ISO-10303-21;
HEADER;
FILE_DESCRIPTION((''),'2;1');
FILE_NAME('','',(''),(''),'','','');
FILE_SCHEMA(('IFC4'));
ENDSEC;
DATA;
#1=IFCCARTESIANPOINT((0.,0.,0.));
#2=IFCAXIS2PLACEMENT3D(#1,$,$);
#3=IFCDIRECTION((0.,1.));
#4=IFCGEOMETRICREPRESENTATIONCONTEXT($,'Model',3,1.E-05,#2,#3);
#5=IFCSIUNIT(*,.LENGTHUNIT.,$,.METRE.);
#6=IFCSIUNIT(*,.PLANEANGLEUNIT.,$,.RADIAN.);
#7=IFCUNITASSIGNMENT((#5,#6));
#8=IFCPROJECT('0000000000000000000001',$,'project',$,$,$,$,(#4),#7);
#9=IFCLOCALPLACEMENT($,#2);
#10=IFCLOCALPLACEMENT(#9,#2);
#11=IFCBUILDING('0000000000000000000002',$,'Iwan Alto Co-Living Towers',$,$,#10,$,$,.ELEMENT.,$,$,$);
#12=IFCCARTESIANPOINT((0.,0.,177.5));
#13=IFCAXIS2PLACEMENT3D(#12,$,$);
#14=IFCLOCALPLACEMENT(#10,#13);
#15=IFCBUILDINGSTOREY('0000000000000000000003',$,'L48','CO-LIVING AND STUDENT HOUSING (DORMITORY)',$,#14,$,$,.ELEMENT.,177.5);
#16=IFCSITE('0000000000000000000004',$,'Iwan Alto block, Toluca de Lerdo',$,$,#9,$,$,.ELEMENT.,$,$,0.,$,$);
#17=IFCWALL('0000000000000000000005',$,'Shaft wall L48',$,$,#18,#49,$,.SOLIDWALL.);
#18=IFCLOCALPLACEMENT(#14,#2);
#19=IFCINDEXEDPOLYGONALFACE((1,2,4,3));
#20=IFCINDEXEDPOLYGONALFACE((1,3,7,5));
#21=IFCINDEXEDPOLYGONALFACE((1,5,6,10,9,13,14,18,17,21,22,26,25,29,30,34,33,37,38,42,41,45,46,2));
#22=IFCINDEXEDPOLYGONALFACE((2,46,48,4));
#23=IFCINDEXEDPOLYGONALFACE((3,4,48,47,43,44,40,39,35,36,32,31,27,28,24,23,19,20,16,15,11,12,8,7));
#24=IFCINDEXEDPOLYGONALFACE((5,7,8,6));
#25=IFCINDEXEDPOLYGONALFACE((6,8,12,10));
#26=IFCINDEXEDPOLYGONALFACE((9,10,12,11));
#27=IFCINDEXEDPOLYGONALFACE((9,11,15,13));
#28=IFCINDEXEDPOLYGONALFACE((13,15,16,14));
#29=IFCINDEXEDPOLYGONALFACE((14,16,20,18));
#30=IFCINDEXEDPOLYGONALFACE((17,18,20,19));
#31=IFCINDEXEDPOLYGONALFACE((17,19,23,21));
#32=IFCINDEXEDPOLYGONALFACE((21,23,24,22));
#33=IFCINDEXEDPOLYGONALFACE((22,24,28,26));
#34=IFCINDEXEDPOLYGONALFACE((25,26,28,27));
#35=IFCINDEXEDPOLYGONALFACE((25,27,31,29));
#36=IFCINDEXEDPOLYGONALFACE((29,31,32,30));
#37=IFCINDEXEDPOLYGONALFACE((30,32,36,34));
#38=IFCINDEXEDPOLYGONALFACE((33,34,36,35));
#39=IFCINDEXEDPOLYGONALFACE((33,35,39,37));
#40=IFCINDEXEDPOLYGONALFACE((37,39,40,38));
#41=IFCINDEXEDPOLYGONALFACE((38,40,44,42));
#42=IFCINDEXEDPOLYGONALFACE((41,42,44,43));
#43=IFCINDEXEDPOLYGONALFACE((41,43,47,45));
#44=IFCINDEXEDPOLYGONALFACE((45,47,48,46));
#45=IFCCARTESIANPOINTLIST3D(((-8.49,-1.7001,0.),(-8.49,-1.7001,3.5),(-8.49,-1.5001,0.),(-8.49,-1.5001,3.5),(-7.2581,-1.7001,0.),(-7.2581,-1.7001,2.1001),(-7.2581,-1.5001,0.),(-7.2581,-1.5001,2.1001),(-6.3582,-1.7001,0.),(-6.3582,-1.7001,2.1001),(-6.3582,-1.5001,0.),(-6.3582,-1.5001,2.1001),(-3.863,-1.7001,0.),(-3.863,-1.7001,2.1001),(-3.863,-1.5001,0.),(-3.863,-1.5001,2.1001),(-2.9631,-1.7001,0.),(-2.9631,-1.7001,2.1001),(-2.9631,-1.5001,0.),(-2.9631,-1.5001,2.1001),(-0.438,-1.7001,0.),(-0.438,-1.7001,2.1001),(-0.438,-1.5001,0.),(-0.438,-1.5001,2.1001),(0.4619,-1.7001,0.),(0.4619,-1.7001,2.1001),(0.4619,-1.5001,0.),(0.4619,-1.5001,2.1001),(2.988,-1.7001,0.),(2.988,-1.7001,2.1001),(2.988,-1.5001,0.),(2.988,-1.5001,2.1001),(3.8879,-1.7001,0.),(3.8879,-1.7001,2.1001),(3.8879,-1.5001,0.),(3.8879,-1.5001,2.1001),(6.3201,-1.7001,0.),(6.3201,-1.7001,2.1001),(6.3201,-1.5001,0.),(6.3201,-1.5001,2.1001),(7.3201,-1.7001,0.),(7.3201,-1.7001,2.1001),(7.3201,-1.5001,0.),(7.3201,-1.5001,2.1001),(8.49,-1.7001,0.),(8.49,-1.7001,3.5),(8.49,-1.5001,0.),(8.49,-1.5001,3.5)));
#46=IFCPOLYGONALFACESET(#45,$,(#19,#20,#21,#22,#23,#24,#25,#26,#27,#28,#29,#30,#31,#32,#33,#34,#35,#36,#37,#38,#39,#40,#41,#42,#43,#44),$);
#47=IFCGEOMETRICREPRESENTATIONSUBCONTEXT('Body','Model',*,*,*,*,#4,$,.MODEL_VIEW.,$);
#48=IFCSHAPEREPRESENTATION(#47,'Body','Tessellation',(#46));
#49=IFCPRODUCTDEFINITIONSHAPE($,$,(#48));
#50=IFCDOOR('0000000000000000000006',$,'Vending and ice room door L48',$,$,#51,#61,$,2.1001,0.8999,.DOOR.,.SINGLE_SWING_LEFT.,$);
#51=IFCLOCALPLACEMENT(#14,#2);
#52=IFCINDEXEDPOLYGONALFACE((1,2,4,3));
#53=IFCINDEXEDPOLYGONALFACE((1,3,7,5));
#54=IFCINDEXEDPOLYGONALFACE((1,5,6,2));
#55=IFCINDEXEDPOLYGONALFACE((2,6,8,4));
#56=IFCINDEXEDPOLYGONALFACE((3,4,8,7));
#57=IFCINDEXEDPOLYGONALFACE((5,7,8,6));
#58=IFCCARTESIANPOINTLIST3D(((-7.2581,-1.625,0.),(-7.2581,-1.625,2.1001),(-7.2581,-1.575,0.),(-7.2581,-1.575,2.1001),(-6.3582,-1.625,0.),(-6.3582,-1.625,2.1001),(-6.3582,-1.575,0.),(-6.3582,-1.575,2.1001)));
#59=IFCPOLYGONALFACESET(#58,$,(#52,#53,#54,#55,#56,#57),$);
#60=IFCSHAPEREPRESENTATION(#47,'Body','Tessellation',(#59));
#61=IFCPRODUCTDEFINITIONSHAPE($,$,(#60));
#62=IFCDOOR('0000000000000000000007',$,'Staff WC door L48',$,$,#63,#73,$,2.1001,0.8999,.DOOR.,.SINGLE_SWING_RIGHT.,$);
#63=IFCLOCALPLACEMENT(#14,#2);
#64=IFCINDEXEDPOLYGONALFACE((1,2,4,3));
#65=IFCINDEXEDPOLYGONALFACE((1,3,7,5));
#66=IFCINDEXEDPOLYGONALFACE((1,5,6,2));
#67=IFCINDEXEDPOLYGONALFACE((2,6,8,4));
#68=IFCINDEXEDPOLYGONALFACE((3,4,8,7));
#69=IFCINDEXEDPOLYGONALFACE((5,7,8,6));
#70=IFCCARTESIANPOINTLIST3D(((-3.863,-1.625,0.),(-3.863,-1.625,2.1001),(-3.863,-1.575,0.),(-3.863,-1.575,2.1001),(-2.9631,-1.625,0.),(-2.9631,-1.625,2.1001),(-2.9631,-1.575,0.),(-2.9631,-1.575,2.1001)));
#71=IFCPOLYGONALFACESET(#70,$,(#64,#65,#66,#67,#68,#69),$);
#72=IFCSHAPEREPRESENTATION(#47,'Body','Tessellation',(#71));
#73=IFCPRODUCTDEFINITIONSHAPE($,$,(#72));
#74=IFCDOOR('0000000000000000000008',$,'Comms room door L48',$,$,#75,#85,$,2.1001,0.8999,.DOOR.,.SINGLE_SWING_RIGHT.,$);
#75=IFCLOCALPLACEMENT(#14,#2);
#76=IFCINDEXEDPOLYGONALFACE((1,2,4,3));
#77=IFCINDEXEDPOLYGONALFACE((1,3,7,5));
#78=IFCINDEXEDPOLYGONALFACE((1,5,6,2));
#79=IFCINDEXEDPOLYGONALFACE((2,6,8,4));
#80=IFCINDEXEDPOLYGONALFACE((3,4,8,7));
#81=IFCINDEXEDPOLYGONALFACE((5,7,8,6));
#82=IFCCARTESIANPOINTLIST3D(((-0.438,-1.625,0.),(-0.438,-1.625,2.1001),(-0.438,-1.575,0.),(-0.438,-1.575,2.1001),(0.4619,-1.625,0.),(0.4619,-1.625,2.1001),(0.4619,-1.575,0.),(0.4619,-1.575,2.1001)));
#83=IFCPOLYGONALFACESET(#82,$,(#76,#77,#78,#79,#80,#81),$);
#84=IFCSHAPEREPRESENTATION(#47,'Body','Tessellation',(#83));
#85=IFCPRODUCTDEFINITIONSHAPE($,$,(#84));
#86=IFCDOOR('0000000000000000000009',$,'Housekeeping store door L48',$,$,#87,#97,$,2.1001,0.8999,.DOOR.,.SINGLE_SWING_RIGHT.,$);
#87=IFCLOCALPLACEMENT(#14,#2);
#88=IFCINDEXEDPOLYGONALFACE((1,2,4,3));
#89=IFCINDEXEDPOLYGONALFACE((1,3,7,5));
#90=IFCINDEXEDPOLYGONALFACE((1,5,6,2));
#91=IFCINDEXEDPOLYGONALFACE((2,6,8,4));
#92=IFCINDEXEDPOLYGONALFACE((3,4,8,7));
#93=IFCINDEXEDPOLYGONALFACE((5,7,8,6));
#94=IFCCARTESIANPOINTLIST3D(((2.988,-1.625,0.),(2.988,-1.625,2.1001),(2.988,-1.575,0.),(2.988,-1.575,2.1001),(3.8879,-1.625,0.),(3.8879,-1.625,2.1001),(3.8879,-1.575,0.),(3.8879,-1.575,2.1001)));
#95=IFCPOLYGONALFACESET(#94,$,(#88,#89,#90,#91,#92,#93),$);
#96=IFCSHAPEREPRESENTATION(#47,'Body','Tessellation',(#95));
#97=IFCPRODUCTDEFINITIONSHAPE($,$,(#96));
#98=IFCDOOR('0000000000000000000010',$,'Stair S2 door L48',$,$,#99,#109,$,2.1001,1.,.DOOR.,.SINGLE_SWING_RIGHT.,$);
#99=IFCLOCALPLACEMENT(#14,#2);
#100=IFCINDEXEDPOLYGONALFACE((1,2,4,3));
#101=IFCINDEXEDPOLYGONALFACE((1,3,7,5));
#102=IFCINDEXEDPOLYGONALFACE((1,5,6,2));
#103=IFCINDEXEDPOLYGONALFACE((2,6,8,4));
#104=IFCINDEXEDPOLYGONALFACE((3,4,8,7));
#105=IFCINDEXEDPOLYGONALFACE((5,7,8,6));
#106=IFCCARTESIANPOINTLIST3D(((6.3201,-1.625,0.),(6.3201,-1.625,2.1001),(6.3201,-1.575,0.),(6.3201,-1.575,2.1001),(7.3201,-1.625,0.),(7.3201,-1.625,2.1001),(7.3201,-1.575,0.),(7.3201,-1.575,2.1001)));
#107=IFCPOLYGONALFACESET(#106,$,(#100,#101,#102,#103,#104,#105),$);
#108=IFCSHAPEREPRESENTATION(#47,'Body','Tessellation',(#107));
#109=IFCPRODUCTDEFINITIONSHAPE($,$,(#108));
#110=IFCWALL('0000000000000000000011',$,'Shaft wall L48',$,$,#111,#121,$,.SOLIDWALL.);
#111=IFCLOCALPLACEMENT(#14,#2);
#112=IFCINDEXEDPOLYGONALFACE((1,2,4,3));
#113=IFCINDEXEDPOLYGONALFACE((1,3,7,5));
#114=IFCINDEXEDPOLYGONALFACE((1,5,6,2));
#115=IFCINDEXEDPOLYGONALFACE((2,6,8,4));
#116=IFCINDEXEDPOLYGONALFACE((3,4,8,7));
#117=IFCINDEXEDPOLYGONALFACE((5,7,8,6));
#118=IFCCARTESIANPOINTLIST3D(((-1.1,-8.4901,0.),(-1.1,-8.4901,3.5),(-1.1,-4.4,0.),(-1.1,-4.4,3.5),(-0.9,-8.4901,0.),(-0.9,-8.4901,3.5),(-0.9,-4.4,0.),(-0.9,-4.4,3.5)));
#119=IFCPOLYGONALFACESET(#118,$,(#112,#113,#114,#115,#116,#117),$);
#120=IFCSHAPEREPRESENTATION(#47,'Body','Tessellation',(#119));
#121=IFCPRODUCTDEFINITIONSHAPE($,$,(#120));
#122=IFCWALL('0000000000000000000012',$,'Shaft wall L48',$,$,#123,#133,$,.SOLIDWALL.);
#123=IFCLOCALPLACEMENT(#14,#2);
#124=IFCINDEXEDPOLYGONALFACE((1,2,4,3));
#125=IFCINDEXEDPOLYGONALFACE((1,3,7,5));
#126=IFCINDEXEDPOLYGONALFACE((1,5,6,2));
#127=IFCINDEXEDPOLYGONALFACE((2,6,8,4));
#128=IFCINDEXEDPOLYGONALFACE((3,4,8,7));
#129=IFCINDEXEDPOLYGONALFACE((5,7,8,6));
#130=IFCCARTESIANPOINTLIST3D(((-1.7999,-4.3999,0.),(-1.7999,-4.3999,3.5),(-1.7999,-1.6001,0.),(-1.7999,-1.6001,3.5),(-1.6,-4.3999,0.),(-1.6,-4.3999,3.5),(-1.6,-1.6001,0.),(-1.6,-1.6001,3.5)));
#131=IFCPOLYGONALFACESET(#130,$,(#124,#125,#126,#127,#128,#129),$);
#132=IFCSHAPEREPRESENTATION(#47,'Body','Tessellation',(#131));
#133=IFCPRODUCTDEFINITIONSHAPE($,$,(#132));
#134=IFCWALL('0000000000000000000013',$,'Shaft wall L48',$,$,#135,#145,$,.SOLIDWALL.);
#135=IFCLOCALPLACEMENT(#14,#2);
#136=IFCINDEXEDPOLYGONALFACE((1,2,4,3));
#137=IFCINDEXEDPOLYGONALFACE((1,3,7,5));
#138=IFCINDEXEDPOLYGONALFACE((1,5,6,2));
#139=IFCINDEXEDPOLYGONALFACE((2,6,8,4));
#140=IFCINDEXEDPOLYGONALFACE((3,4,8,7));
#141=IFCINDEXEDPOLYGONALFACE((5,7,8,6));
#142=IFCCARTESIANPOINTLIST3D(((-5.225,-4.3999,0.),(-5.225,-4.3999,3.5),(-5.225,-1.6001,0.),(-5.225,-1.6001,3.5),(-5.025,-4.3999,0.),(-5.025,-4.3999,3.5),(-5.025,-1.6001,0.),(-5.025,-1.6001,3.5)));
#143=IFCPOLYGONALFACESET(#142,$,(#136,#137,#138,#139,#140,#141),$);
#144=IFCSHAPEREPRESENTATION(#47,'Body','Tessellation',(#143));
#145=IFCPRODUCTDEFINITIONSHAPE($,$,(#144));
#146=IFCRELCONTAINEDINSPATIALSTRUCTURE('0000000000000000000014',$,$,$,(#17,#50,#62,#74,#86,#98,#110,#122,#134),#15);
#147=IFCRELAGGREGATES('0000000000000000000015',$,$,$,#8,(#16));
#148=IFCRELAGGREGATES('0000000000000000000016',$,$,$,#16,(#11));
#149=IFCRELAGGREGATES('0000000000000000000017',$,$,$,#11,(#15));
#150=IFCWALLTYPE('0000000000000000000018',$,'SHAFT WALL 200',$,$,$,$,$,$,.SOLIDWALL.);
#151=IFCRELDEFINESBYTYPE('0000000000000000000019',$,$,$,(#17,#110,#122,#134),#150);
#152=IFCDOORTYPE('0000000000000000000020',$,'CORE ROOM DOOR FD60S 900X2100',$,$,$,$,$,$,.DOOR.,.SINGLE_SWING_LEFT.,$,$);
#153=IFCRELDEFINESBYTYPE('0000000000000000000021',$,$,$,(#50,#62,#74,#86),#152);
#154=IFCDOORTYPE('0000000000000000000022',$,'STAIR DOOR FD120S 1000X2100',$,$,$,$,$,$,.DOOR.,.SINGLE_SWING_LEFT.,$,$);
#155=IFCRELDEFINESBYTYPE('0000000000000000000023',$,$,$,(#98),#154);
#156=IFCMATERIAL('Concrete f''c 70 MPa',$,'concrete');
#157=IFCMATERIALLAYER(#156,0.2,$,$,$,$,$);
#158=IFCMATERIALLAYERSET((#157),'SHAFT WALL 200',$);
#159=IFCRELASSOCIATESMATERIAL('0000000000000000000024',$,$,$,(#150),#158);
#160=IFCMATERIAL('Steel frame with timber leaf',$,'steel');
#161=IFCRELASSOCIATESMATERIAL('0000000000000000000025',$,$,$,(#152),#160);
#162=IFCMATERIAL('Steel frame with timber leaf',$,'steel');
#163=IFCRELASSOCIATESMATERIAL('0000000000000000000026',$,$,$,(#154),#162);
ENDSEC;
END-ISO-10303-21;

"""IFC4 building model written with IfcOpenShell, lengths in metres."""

from ifc_helpers import new_model, si_unit, direction, frame, frame_2d, origin, place, context, subcontext, project, spatial, rectangle, extrude, material, layer, layer_set, type_object, element, fill, save


model = new_model("IFC4")

# Units and contexts
model_context = context("Model", 3, precision=1e-05, world=origin(), true_north=direction((0.0, 1.0)))
body_context = subcontext(model_context, "Body", "Model", "MODEL_VIEW")
ifc_project = project(units=[si_unit("LENGTHUNIT", "METRE"), si_unit("PLANEANGLEUNIT", "RADIAN")], contexts=[model_context])

# Site, building, storey
site_placement = place(None, origin())
site = spatial("IfcSite", under=ifc_project, at=site_placement, Name="Iwan Alto block, Toluca de Lerdo", CompositionType="ELEMENT", RefElevation=0.0)
building_placement = place(site_placement, origin())
building = spatial("IfcBuilding", under=site, at=building_placement, Name="Iwan Alto Co-Living Towers", CompositionType="ELEMENT")
storey_placement = place(building_placement, frame((0.0, 0.0, 177.5)))
storey = spatial("IfcBuildingStorey", under=building, at=storey_placement, Name="L48", Description="CO-LIVING AND STUDENT HOUSING (DORMITORY)", CompositionType="ELEMENT", Elevation=177.5)

# Shared definitions
ifc_material_1 = material(Name="Concrete f'c 70 MPa", Category="concrete")
ifc_layer_1 = layer(ifc_material_1, 0.2)
ifc_layer_set_1 = layer_set([ifc_layer_1], Name="SHAFT WALL 200")
wall_type_1 = type_object("IfcWallType", Name="SHAFT WALL 200", PredefinedType="SOLIDWALL", material=ifc_layer_set_1)

# Wall, openings, doors
wall_1_placement = place(storey_placement, frame((-8.49, -1.6001, 0.0), z_axis=(0.0, 0.0, 1.0), x_axis=(1.0, 0.0, 0.0)))
wall_1 = element("IfcWall", 1, at=wall_1_placement, inside=storey, type_object=wall_type_1, Name="Shaft wall L48", PredefinedType="SOLIDWALL", context=body_context, shape_type="SweptSolid", body=[
    extrude(rectangle(XDim=16.98, YDim=0.2, at=frame_2d((8.49, 0.0))), origin(), (0.0, 0.0, 1.0), 3.5),
])
opening_1_placement = place(wall_1_placement, frame((14.8101, 0.0, 0.0)))
opening_1 = element("IfcOpeningElement", 2, at=opening_1_placement, cuts=wall_1, PredefinedType="OPENING", context=body_context, shape_type="SweptSolid", body=[
    extrude(rectangle(XDim=1.0, YDim=2.1001, at=frame_2d((0.5, 1.05))), frame((0.0, 0.1099, 0.0), z_axis=(0.0, -1.0, 0.0), x_axis=(1.0, 0.0, 0.0)), (0.0, 0.0, 1.0), 0.22),
])
opening_2_placement = place(wall_1_placement, frame((1.2319, 0.0, 0.0)))
opening_2 = element("IfcOpeningElement", 3, at=opening_2_placement, cuts=wall_1, PredefinedType="OPENING", context=body_context, shape_type="SweptSolid", body=[
    extrude(rectangle(XDim=0.8999, YDim=2.1001, at=frame_2d((0.45, 1.05))), frame((0.0, 0.1099, 0.0), z_axis=(0.0, -1.0, 0.0), x_axis=(1.0, 0.0, 0.0)), (0.0, 0.0, 1.0), 0.22),
])
opening_3_placement = place(wall_1_placement, frame((4.627, 0.0, 0.0)))
opening_3 = element("IfcOpeningElement", 4, at=opening_3_placement, cuts=wall_1, PredefinedType="OPENING", context=body_context, shape_type="SweptSolid", body=[
    extrude(rectangle(XDim=0.8999, YDim=2.1001, at=frame_2d((0.45, 1.05))), frame((0.0, 0.1099, 0.0), z_axis=(0.0, -1.0, 0.0), x_axis=(1.0, 0.0, 0.0)), (0.0, 0.0, 1.0), 0.22),
])
opening_4_placement = place(wall_1_placement, frame((8.052, 0.0, 0.0)))
opening_4 = element("IfcOpeningElement", 5, at=opening_4_placement, cuts=wall_1, PredefinedType="OPENING", context=body_context, shape_type="SweptSolid", body=[
    extrude(rectangle(XDim=0.8999, YDim=2.1001, at=frame_2d((0.45, 1.05))), frame((0.0, 0.1099, 0.0), z_axis=(0.0, -1.0, 0.0), x_axis=(1.0, 0.0, 0.0)), (0.0, 0.0, 1.0), 0.22),
])
opening_5_placement = place(wall_1_placement, frame((11.478, 0.0, 0.0)))
opening_5 = element("IfcOpeningElement", 6, at=opening_5_placement, cuts=wall_1, PredefinedType="OPENING", context=body_context, shape_type="SweptSolid", body=[
    extrude(rectangle(XDim=0.8999, YDim=2.1001, at=frame_2d((0.45, 1.05))), frame((0.0, 0.1099, 0.0), z_axis=(0.0, -1.0, 0.0), x_axis=(1.0, 0.0, 0.0)), (0.0, 0.0, 1.0), 0.22),
])
ifc_material_2 = material(Name="Steel frame with timber leaf", Category="steel")
door_type_1 = type_object("IfcDoorType", Name="CORE ROOM DOOR FD60S 900X2100", OperationType="SINGLE_SWING_LEFT", PredefinedType="DOOR", material=ifc_material_2)
door_1_placement = place(opening_2_placement, frame((0.8999, 0.0, 0.0), z_axis=(0.0, 0.0, 1.0), x_axis=(-1.0, 0.0, 0.0)))
door_1 = element("IfcDoor", 7, at=door_1_placement, inside=storey, type_object=door_type_1, Name="Vending and ice room door L48", OperationType="SINGLE_SWING_LEFT", OverallHeight=2.1001, OverallWidth=0.8999, PredefinedType="DOOR", context=body_context, shape_type="SweptSolid", body=[
    extrude(rectangle(XDim=0.8999, YDim=2.1001, at=frame_2d((0.45, 1.05))), frame((0.0, 0.0249, 0.0), z_axis=(0.0, -1.0, 0.0), x_axis=(1.0, 0.0, 0.0)), (0.0, 0.0, 1.0), 0.05),
])
fill(opening_2, door_1)
door_2_placement = place(opening_3_placement, frame((0.8999, 0.0, 0.0), z_axis=(0.0, 0.0, 1.0), x_axis=(-1.0, 0.0, 0.0)))
door_2 = element("IfcDoor", 8, at=door_2_placement, inside=storey, type_object=door_type_1, Name="Staff WC door L48", OperationType="SINGLE_SWING_RIGHT", OverallHeight=2.1001, OverallWidth=0.8999, PredefinedType="DOOR", context=body_context, shape_type="SweptSolid", body=[
    extrude(rectangle(XDim=0.8999, YDim=2.1001, at=frame_2d((0.45, 1.05))), frame((0.0, 0.0249, 0.0), z_axis=(0.0, -1.0, 0.0), x_axis=(1.0, 0.0, 0.0)), (0.0, 0.0, 1.0), 0.05),
])
fill(opening_3, door_2)
door_3_placement = place(opening_4_placement, frame((0.8999, 0.0, 0.0), z_axis=(0.0, 0.0, 1.0), x_axis=(-1.0, 0.0, 0.0)))
door_3 = element("IfcDoor", 9, at=door_3_placement, inside=storey, type_object=door_type_1, Name="Comms room door L48", OperationType="SINGLE_SWING_RIGHT", OverallHeight=2.1001, OverallWidth=0.8999, PredefinedType="DOOR", context=body_context, shape_type="SweptSolid", body=[
    extrude(rectangle(XDim=0.8999, YDim=2.1001, at=frame_2d((0.45, 1.05))), frame((0.0, 0.0249, 0.0), z_axis=(0.0, -1.0, 0.0), x_axis=(1.0, 0.0, 0.0)), (0.0, 0.0, 1.0), 0.05),
])
fill(opening_4, door_3)
door_4_placement = place(opening_5_placement, frame((0.8999, 0.0, 0.0), z_axis=(0.0, 0.0, 1.0), x_axis=(-1.0, 0.0, 0.0)))
door_4 = element("IfcDoor", 10, at=door_4_placement, inside=storey, type_object=door_type_1, Name="Housekeeping store door L48", OperationType="SINGLE_SWING_RIGHT", OverallHeight=2.1001, OverallWidth=0.8999, PredefinedType="DOOR", context=body_context, shape_type="SweptSolid", body=[
    extrude(rectangle(XDim=0.8999, YDim=2.1001, at=frame_2d((0.45, 1.05))), frame((0.0, 0.0249, 0.0), z_axis=(0.0, -1.0, 0.0), x_axis=(1.0, 0.0, 0.0)), (0.0, 0.0, 1.0), 0.05),
])
fill(opening_5, door_4)
ifc_material_3 = material(Name="Steel frame with timber leaf", Category="steel")
door_type_2 = type_object("IfcDoorType", Name="STAIR DOOR FD120S 1000X2100", OperationType="SINGLE_SWING_LEFT", PredefinedType="DOOR", material=ifc_material_3)
door_5_placement = place(opening_1_placement, frame((1.0, 0.0, 0.0), z_axis=(0.0, 0.0, 1.0), x_axis=(-1.0, 0.0, 0.0)))
door_5 = element("IfcDoor", 11, at=door_5_placement, inside=storey, type_object=door_type_2, Name="Stair S2 door L48", OperationType="SINGLE_SWING_RIGHT", OverallHeight=2.1001, OverallWidth=1.0, PredefinedType="DOOR", context=body_context, shape_type="SweptSolid", body=[
    extrude(rectangle(XDim=1.0, YDim=2.1001, at=frame_2d((0.5, 1.05))), frame((0.0, 0.0249, 0.0), z_axis=(0.0, -1.0, 0.0), x_axis=(1.0, 0.0, 0.0)), (0.0, 0.0, 1.0), 0.05),
])
fill(opening_1, door_5)

# Walls
wall_2_placement = place(storey_placement, frame((-1.0, -8.49, 0.0), z_axis=(0.0, 0.0, 1.0), x_axis=(0.0, 1.0, 0.0)))
element("IfcWall", 12, at=wall_2_placement, inside=storey, type_object=wall_type_1, Name="Shaft wall L48", PredefinedType="SOLIDWALL", context=body_context, shape_type="SweptSolid", body=[
    extrude(rectangle(XDim=4.0901, YDim=0.2, at=frame_2d((2.0449, 0.0))), origin(), (0.0, 0.0, 1.0), 3.5),
])
for number, where, z_axis, x_axis, name in (
    (13, (-1.7, -4.3999, 0.0), (0.0, 0.0, 1.0), (0.0, 1.0, 0.0), "Shaft wall L48"),
    (14, (-5.125, -4.3999, 0.0), (0.0, 0.0, 1.0), (0.0, 1.0, 0.0), "Shaft wall L48"),
):
    element("IfcWall", number, at=place(storey_placement, frame(where, z_axis=z_axis, x_axis=x_axis)), inside=storey, type_object=wall_type_1, Name=name, PredefinedType="SOLIDWALL", context=body_context, shape_type="SweptSolid", body=[
        extrude(rectangle(XDim=2.7998, YDim=0.2, at=frame_2d((1.3999, 0.0))), origin(), (0.0, 0.0, 1.0), 3.5),
    ])

save(model, "model.ifc")
